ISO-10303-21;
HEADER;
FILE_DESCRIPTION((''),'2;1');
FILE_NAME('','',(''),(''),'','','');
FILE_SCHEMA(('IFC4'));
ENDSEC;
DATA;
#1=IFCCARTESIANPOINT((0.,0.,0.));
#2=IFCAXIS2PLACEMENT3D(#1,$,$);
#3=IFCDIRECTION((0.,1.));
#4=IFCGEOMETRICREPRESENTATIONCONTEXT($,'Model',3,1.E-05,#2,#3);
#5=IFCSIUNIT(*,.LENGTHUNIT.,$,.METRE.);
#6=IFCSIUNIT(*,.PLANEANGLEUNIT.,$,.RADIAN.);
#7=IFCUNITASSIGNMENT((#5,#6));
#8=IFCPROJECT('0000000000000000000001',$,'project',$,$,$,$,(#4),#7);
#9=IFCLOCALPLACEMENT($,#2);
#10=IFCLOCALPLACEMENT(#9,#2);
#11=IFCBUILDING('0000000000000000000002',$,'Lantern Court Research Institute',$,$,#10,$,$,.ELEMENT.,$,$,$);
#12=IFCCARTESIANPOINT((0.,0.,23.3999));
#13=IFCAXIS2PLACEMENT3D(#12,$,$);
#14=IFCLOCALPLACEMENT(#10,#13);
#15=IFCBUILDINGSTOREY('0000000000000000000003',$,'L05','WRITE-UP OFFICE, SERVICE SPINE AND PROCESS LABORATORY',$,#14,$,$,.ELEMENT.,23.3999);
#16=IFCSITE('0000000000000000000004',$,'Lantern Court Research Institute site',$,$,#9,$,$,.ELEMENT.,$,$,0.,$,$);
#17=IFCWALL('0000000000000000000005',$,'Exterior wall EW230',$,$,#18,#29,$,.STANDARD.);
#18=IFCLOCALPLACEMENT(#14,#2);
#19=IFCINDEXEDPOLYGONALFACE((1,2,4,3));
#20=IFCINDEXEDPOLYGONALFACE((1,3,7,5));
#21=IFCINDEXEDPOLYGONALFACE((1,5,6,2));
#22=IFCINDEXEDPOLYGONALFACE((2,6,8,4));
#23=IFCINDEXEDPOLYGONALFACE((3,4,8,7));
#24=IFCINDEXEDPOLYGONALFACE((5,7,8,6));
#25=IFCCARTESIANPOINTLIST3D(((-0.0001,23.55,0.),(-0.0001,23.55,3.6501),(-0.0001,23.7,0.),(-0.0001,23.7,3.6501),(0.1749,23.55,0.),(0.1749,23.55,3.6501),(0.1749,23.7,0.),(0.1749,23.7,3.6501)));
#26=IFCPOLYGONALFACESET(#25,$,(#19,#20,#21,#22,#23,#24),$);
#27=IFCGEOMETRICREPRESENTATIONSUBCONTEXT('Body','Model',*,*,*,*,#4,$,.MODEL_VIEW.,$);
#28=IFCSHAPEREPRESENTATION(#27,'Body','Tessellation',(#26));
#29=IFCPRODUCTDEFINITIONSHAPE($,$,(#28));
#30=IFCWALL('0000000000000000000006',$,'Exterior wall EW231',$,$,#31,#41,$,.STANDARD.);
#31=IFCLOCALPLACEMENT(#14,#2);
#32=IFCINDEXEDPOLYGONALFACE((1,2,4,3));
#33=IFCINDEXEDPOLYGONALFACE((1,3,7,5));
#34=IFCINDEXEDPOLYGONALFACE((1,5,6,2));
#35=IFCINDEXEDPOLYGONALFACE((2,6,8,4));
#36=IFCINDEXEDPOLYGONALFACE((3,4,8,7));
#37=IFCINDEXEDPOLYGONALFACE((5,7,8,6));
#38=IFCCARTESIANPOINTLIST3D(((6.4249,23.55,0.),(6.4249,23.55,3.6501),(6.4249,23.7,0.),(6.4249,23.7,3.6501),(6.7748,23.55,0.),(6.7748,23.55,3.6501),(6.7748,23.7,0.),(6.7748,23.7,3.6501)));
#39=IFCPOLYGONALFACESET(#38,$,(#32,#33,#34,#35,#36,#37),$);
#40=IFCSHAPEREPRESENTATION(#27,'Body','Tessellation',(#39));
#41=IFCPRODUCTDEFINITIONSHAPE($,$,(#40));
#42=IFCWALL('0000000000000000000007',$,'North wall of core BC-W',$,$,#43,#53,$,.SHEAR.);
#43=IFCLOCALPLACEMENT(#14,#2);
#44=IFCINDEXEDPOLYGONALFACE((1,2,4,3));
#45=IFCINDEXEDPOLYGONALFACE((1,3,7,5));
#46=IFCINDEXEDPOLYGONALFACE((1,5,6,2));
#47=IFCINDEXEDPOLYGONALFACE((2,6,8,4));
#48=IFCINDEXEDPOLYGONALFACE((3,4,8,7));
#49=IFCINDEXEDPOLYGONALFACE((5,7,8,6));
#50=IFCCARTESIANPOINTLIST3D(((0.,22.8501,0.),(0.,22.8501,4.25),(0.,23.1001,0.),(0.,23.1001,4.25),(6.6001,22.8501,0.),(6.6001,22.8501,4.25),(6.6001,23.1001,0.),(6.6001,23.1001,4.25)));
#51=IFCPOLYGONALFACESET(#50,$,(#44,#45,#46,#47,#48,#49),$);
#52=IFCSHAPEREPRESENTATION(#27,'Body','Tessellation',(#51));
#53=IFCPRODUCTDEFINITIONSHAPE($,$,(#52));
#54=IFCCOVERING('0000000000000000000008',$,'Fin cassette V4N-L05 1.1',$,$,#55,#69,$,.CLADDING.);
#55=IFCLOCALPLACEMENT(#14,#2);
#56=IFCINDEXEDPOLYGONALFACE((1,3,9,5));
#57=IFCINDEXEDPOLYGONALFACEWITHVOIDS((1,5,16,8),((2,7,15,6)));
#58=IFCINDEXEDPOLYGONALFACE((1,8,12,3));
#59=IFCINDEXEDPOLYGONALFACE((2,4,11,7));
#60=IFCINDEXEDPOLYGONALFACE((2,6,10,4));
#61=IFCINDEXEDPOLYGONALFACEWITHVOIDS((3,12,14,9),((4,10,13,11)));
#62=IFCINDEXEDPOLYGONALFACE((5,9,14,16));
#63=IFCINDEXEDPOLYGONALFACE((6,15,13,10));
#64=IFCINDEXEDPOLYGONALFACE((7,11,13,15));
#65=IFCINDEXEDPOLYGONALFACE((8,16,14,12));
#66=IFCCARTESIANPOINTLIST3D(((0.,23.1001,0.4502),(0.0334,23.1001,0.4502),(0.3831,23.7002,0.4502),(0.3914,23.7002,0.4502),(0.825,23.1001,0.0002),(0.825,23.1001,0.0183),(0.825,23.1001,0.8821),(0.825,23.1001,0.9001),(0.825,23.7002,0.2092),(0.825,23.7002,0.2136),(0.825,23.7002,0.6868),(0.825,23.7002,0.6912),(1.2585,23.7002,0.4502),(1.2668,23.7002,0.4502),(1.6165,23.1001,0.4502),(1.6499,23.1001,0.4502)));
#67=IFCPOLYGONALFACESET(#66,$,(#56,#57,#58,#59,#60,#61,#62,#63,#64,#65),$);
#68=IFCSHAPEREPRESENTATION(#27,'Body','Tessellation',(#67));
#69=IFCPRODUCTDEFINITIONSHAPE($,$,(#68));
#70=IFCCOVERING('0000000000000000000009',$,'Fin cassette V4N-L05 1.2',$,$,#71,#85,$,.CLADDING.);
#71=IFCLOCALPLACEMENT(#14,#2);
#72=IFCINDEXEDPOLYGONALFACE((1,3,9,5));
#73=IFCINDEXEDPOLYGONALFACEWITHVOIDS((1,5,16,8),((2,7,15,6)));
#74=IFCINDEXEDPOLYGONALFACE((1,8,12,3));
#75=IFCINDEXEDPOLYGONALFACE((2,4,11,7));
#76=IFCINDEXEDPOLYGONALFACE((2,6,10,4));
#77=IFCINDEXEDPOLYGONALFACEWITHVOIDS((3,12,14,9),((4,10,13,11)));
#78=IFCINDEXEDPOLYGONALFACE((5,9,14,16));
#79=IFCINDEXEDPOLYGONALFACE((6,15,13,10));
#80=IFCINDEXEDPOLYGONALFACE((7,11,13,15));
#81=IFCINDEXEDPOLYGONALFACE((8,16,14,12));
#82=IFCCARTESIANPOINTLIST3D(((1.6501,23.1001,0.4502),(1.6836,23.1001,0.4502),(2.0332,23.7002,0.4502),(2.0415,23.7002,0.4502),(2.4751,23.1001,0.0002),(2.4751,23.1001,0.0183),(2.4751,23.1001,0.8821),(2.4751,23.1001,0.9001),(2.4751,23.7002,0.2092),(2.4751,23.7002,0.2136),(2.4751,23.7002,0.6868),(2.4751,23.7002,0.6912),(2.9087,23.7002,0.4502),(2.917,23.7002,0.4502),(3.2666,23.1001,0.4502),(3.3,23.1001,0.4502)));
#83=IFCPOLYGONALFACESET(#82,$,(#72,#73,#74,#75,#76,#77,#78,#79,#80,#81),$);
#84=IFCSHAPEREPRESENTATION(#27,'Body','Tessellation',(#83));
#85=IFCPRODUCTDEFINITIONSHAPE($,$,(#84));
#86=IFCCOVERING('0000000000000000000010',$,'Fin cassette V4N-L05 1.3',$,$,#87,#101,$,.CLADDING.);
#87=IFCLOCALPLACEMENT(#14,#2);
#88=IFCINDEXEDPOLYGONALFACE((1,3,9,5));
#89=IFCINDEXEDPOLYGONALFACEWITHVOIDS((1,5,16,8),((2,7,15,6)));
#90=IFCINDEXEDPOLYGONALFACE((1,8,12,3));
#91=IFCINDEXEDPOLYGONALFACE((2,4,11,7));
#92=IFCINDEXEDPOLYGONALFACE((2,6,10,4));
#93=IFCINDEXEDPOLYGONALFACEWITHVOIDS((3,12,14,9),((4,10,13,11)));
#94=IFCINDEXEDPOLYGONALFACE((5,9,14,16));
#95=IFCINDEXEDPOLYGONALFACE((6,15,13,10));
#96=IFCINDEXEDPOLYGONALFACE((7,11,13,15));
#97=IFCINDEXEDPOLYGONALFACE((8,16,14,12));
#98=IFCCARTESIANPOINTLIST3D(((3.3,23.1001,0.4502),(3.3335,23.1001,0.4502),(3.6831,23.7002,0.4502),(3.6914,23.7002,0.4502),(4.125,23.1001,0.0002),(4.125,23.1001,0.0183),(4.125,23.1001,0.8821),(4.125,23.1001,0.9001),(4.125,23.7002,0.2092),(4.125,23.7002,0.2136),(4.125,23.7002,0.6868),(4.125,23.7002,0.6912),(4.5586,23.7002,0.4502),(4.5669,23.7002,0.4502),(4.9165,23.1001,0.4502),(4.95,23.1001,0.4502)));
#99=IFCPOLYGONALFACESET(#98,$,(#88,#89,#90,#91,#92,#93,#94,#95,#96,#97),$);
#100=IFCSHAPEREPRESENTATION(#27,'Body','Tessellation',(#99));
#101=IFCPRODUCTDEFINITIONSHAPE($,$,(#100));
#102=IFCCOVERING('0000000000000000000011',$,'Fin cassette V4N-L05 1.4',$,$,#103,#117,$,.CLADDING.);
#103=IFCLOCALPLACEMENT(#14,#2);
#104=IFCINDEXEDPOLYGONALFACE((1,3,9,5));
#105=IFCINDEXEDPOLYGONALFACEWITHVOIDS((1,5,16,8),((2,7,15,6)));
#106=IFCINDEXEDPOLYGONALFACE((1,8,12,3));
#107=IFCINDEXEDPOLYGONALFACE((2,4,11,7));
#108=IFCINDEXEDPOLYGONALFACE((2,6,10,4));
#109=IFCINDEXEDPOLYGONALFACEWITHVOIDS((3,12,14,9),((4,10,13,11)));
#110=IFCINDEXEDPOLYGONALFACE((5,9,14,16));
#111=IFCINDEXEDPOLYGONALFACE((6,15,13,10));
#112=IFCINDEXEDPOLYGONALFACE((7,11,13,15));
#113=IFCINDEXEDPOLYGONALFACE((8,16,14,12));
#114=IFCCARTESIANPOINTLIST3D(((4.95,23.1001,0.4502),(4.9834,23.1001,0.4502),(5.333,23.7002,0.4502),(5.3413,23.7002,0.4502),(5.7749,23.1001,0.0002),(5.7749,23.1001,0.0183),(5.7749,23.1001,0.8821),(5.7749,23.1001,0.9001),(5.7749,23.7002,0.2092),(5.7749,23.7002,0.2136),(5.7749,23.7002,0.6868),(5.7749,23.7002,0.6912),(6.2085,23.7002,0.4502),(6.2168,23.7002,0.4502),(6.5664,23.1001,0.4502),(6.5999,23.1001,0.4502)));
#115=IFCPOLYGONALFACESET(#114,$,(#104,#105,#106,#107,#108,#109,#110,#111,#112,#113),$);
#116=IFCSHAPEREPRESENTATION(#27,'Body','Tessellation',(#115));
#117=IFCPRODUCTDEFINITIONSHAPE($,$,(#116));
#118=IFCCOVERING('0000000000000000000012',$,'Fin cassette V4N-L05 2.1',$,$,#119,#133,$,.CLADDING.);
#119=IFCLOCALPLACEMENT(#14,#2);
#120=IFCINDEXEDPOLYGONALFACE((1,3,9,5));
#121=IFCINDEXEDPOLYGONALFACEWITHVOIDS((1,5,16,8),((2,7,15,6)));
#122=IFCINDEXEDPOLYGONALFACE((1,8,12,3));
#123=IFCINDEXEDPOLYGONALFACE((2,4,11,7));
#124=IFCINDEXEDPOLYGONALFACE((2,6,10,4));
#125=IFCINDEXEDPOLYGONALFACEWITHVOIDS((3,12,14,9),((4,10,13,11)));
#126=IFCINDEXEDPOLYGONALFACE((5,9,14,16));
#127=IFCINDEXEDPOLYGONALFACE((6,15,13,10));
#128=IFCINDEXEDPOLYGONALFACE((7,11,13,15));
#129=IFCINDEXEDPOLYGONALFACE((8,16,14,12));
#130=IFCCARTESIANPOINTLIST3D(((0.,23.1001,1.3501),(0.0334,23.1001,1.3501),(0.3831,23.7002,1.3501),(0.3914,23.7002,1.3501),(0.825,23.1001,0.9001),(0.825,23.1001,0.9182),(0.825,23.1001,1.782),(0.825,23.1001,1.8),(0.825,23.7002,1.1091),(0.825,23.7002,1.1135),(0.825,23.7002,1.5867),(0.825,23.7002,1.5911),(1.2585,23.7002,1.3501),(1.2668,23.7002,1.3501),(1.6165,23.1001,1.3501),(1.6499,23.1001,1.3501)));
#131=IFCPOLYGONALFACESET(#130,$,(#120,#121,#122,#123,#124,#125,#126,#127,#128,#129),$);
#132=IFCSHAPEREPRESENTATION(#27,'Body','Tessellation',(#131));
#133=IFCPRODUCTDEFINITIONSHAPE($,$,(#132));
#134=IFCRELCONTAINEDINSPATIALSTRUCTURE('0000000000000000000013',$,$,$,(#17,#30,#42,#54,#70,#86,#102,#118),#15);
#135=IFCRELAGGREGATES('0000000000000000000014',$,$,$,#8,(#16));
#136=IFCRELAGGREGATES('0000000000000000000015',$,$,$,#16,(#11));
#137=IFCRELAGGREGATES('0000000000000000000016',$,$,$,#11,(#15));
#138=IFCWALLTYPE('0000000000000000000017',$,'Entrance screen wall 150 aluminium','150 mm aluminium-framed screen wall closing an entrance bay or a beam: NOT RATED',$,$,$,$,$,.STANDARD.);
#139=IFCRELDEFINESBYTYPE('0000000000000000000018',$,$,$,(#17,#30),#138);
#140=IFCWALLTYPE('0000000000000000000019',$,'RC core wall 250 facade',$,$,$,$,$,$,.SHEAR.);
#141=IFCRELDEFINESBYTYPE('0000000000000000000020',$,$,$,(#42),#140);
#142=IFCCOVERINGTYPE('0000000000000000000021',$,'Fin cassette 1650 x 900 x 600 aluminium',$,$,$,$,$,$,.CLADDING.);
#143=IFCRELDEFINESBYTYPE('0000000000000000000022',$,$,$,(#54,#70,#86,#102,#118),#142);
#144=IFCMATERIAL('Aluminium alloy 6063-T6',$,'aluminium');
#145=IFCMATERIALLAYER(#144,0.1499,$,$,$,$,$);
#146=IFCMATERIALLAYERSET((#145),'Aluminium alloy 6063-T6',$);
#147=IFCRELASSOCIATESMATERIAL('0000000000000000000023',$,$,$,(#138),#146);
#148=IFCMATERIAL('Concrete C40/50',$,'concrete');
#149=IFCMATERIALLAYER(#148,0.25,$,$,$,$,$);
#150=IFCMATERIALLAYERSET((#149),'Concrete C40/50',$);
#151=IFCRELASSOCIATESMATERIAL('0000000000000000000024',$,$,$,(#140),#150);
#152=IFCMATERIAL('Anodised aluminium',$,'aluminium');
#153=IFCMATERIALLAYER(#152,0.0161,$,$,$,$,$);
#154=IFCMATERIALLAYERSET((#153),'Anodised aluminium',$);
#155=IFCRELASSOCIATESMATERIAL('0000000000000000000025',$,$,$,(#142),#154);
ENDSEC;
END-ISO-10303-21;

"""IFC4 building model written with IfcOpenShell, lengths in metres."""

from ifc_helpers import new_model, entity, si_unit, direction, frame, frame_2d, origin, place, context, subcontext, project, spatial, rectangle, extrude, material, layer, layer_set, type_object, element, save


model = new_model("IFC4")

# Units and contexts
model_context = context("Model", 3, precision=1e-05, world=origin(), true_north=direction((0.0, 1.0)))
body_context = subcontext(model_context, "Body", "Model", "MODEL_VIEW")
ifc_project = project(units=[si_unit("LENGTHUNIT", "METRE"), si_unit("PLANEANGLEUNIT", "RADIAN")], contexts=[model_context])

# Site, building, storey
site_placement = place(None, origin())
site = spatial("IfcSite", under=ifc_project, at=site_placement, Name="Lantern Court Research Institute site", CompositionType="ELEMENT", RefElevation=0.0)
building_placement = place(site_placement, origin())
building = spatial("IfcBuilding", under=site, at=building_placement, Name="Lantern Court Research Institute", CompositionType="ELEMENT")
storey_placement = place(building_placement, frame((0.0, 0.0, 23.3999)))
storey = spatial("IfcBuildingStorey", under=building, at=storey_placement, Name="L05", Description="WRITE-UP OFFICE, SERVICE SPINE AND PROCESS LABORATORY", CompositionType="ELEMENT", Elevation=23.3999)

# Walls
ifc_material_1 = material(Name="Aluminium alloy 6063-T6", Category="aluminium")
ifc_layer_1 = layer(ifc_material_1, 0.1499)
ifc_layer_set_1 = layer_set([ifc_layer_1], Name="Aluminium alloy 6063-T6")
wall_type_1 = type_object("IfcWallType", Name="Entrance screen wall 150 aluminium", Description="150 mm aluminium-framed screen wall closing an entrance bay or a beam: NOT RATED", PredefinedType="STANDARD", material=ifc_layer_set_1)
wall_1_placement = place(storey_placement, frame((0.0, 23.625, 0.0), z_axis=(0.0, 0.0, 1.0), x_axis=(1.0, 0.0, 0.0)))
element("IfcWall", 1, at=wall_1_placement, inside=storey, type_object=wall_type_1, Name="Exterior wall EW230", PredefinedType="STANDARD", context=body_context, shape_type="SweptSolid", body=[
    extrude(rectangle(XDim=0.175, YDim=0.1499, at=frame_2d((0.0874, 0.0))), origin(), (0.0, 0.0, 1.0), 3.6501),
])
wall_2_placement = place(storey_placement, frame((6.425, 23.625, 0.0), z_axis=(0.0, 0.0, 1.0), x_axis=(1.0, 0.0, 0.0)))
element("IfcWall", 2, at=wall_2_placement, inside=storey, type_object=wall_type_1, Name="Exterior wall EW231", PredefinedType="STANDARD", context=body_context, shape_type="SweptSolid", body=[
    extrude(rectangle(XDim=0.3499, YDim=0.1499, at=frame_2d((0.1748, 0.0))), origin(), (0.0, 0.0, 1.0), 3.6501),
])
ifc_material_2 = material(Name="Concrete C40/50", Category="concrete")
ifc_layer_2 = layer(ifc_material_2, 0.25)
ifc_layer_set_2 = layer_set([ifc_layer_2], Name="Concrete C40/50")
wall_type_2 = type_object("IfcWallType", Name="RC core wall 250 facade", PredefinedType="SHEAR", material=ifc_layer_set_2)
wall_3_placement = place(storey_placement, frame((0.0, 22.9751, 0.0), z_axis=(0.0, 0.0, 1.0), x_axis=(1.0, 0.0, 0.0)))
element("IfcWall", 3, at=wall_3_placement, inside=storey, type_object=wall_type_2, Name="North wall of core BC-W", PredefinedType="SHEAR", context=body_context, shape_type="SweptSolid", body=[
    extrude(rectangle(XDim=6.6001, YDim=0.25, at=frame_2d((3.3, 0.0))), origin(), (0.0, 0.0, 1.0), 4.25),
])

# Coverings
ifc_material_3 = material(Name="Anodised aluminium", Category="aluminium")
ifc_layer_3 = layer(ifc_material_3, 0.0161)
ifc_layer_set_3 = layer_set([ifc_layer_3], Name="Anodised aluminium")
covering_type = type_object("IfcCoveringType", Name="Fin cassette 1650 x 900 x 600 aluminium", PredefinedType="CLADDING", material=ifc_layer_set_3)
covering_1_placement = place(storey_placement, frame((0.825, 23.1001, 0.4502), z_axis=(0.0, 1.0, 0.0), x_axis=(-1.0, 0.0, 0.0)))
cartesian_point_1 = entity("IfcCartesianPoint", [0.825, 0.0])
cartesian_point_2 = entity("IfcCartesianPoint", [0.7915, 0.0])
cartesian_point_3 = entity("IfcCartesianPoint", [0.4419, 0.0])
cartesian_point_4 = entity("IfcCartesianPoint", [0.4336, 0.0])
element("IfcCovering", 4, at=covering_1_placement, inside=storey, type_object=covering_type, Name="Fin cassette V4N-L05 1.1", PredefinedType="CLADDING", context=body_context, shape_type="SweptSolid", body=[
    entity("IfcExtrudedAreaSolidTapered", entity("IfcArbitraryProfileDefWithVoids", "AREA", None, entity("IfcPolyline", [cartesian_point_1, entity("IfcCartesianPoint", [0.0, 0.45]), entity("IfcCartesianPoint", [-0.825, 0.0]), entity("IfcCartesianPoint", [0.0, -0.45]), cartesian_point_1]), [entity("IfcPolyline", [cartesian_point_2, entity("IfcCartesianPoint", [0.0, 0.4319]), entity("IfcCartesianPoint", [-0.7915, 0.0]), entity("IfcCartesianPoint", [0.0, -0.4319]), cartesian_point_2])]), entity("IfcAxis2Placement3D", entity("IfcCartesianPoint", [0.0, 0.0, 0.0])), entity("IfcDirection", [0.0, 0.0, 1.0]), 0.6001, entity("IfcArbitraryProfileDefWithVoids", "AREA", None, entity("IfcPolyline", [cartesian_point_3, entity("IfcCartesianPoint", [0.0, 0.241]), entity("IfcCartesianPoint", [-0.4419, 0.0]), entity("IfcCartesianPoint", [0.0, -0.241]), cartesian_point_3]), [entity("IfcPolyline", [cartesian_point_4, entity("IfcCartesianPoint", [0.0, 0.2366]), entity("IfcCartesianPoint", [-0.4336, 0.0]), entity("IfcCartesianPoint", [0.0, -0.2366]), cartesian_point_4])])),
])
covering_2_placement = place(storey_placement, frame((2.4751, 23.1001, 0.4502), z_axis=(0.0, 1.0, 0.0), x_axis=(-1.0, 0.0, 0.0)))
cartesian_point_5 = entity("IfcCartesianPoint", [0.825, 0.0])
cartesian_point_6 = entity("IfcCartesianPoint", [0.7915, 0.0])
cartesian_point_7 = entity("IfcCartesianPoint", [0.4419, 0.0])
cartesian_point_8 = entity("IfcCartesianPoint", [0.4336, 0.0])
element("IfcCovering", 5, at=covering_2_placement, inside=storey, type_object=covering_type, Name="Fin cassette V4N-L05 1.2", PredefinedType="CLADDING", context=body_context, shape_type="SweptSolid", body=[
    entity("IfcExtrudedAreaSolidTapered", entity("IfcArbitraryProfileDefWithVoids", "AREA", None, entity("IfcPolyline", [cartesian_point_5, entity("IfcCartesianPoint", [0.0, 0.45]), entity("IfcCartesianPoint", [-0.825, 0.0]), entity("IfcCartesianPoint", [0.0, -0.45]), cartesian_point_5]), [entity("IfcPolyline", [cartesian_point_6, entity("IfcCartesianPoint", [0.0, 0.4319]), entity("IfcCartesianPoint", [-0.7915, 0.0]), entity("IfcCartesianPoint", [0.0, -0.4319]), cartesian_point_6])]), entity("IfcAxis2Placement3D", entity("IfcCartesianPoint", [0.0, 0.0, 0.0])), entity("IfcDirection", [0.0, 0.0, 1.0]), 0.6001, entity("IfcArbitraryProfileDefWithVoids", "AREA", None, entity("IfcPolyline", [cartesian_point_7, entity("IfcCartesianPoint", [0.0, 0.241]), entity("IfcCartesianPoint", [-0.4419, 0.0]), entity("IfcCartesianPoint", [0.0, -0.241]), cartesian_point_7]), [entity("IfcPolyline", [cartesian_point_8, entity("IfcCartesianPoint", [0.0, 0.2366]), entity("IfcCartesianPoint", [-0.4336, 0.0]), entity("IfcCartesianPoint", [0.0, -0.2366]), cartesian_point_8])])),
])
covering_3_placement = place(storey_placement, frame((4.125, 23.1001, 0.4502), z_axis=(0.0, 1.0, 0.0), x_axis=(-1.0, 0.0, 0.0)))
cartesian_point_9 = entity("IfcCartesianPoint", [0.825, 0.0])
cartesian_point_10 = entity("IfcCartesianPoint", [0.7915, 0.0])
cartesian_point_11 = entity("IfcCartesianPoint", [0.4419, 0.0])
cartesian_point_12 = entity("IfcCartesianPoint", [0.4336, 0.0])
element("IfcCovering", 6, at=covering_3_placement, inside=storey, type_object=covering_type, Name="Fin cassette V4N-L05 1.3", PredefinedType="CLADDING", context=body_context, shape_type="SweptSolid", body=[
    entity("IfcExtrudedAreaSolidTapered", entity("IfcArbitraryProfileDefWithVoids", "AREA", None, entity("IfcPolyline", [cartesian_point_9, entity("IfcCartesianPoint", [0.0, 0.45]), entity("IfcCartesianPoint", [-0.825, 0.0]), entity("IfcCartesianPoint", [0.0, -0.45]), cartesian_point_9]), [entity("IfcPolyline", [cartesian_point_10, entity("IfcCartesianPoint", [0.0, 0.4319]), entity("IfcCartesianPoint", [-0.7915, 0.0]), entity("IfcCartesianPoint", [0.0, -0.4319]), cartesian_point_10])]), entity("IfcAxis2Placement3D", entity("IfcCartesianPoint", [0.0, 0.0, 0.0])), entity("IfcDirection", [0.0, 0.0, 1.0]), 0.6001, entity("IfcArbitraryProfileDefWithVoids", "AREA", None, entity("IfcPolyline", [cartesian_point_11, entity("IfcCartesianPoint", [0.0, 0.241]), entity("IfcCartesianPoint", [-0.4419, 0.0]), entity("IfcCartesianPoint", [0.0, -0.241]), cartesian_point_11]), [entity("IfcPolyline", [cartesian_point_12, entity("IfcCartesianPoint", [0.0, 0.2366]), entity("IfcCartesianPoint", [-0.4336, 0.0]), entity("IfcCartesianPoint", [0.0, -0.2366]), cartesian_point_12])])),
])
covering_4_placement = place(storey_placement, frame((5.7749, 23.1001, 0.4502), z_axis=(0.0, 1.0, 0.0), x_axis=(-1.0, 0.0, 0.0)))
cartesian_point_13 = entity("IfcCartesianPoint", [0.825, 0.0])
cartesian_point_14 = entity("IfcCartesianPoint", [0.7915, 0.0])
cartesian_point_15 = entity("IfcCartesianPoint", [0.4419, 0.0])
cartesian_point_16 = entity("IfcCartesianPoint", [0.4336, 0.0])
element("IfcCovering", 7, at=covering_4_placement, inside=storey, type_object=covering_type, Name="Fin cassette V4N-L05 1.4", PredefinedType="CLADDING", context=body_context, shape_type="SweptSolid", body=[
    entity("IfcExtrudedAreaSolidTapered", entity("IfcArbitraryProfileDefWithVoids", "AREA", None, entity("IfcPolyline", [cartesian_point_13, entity("IfcCartesianPoint", [0.0, 0.45]), entity("IfcCartesianPoint", [-0.825, 0.0]), entity("IfcCartesianPoint", [0.0, -0.45]), cartesian_point_13]), [entity("IfcPolyline", [cartesian_point_14, entity("IfcCartesianPoint", [0.0, 0.4319]), entity("IfcCartesianPoint", [-0.7915, 0.0]), entity("IfcCartesianPoint", [0.0, -0.4319]), cartesian_point_14])]), entity("IfcAxis2Placement3D", entity("IfcCartesianPoint", [0.0, 0.0, 0.0])), entity("IfcDirection", [0.0, 0.0, 1.0]), 0.6001, entity("IfcArbitraryProfileDefWithVoids", "AREA", None, entity("IfcPolyline", [cartesian_point_15, entity("IfcCartesianPoint", [0.0, 0.241]), entity("IfcCartesianPoint", [-0.4419, 0.0]), entity("IfcCartesianPoint", [0.0, -0.241]), cartesian_point_15]), [entity("IfcPolyline", [cartesian_point_16, entity("IfcCartesianPoint", [0.0, 0.2366]), entity("IfcCartesianPoint", [-0.4336, 0.0]), entity("IfcCartesianPoint", [0.0, -0.2366]), cartesian_point_16])])),
])
covering_5_placement = place(storey_placement, frame((0.825, 23.1001, 1.3501), z_axis=(0.0, 1.0, 0.0), x_axis=(-1.0, 0.0, 0.0)))
cartesian_point_17 = entity("IfcCartesianPoint", [0.825, 0.0])
cartesian_point_18 = entity("IfcCartesianPoint", [0.7915, 0.0])
cartesian_point_19 = entity("IfcCartesianPoint", [0.4419, 0.0])
cartesian_point_20 = entity("IfcCartesianPoint", [0.4336, 0.0])
element("IfcCovering", 8, at=covering_5_placement, inside=storey, type_object=covering_type, Name="Fin cassette V4N-L05 2.1", PredefinedType="CLADDING", context=body_context, shape_type="SweptSolid", body=[
    entity("IfcExtrudedAreaSolidTapered", entity("IfcArbitraryProfileDefWithVoids", "AREA", None, entity("IfcPolyline", [cartesian_point_17, entity("IfcCartesianPoint", [0.0, 0.45]), entity("IfcCartesianPoint", [-0.825, 0.0]), entity("IfcCartesianPoint", [0.0, -0.45]), cartesian_point_17]), [entity("IfcPolyline", [cartesian_point_18, entity("IfcCartesianPoint", [0.0, 0.4319]), entity("IfcCartesianPoint", [-0.7915, 0.0]), entity("IfcCartesianPoint", [0.0, -0.4319]), cartesian_point_18])]), entity("IfcAxis2Placement3D", entity("IfcCartesianPoint", [0.0, 0.0, 0.0])), entity("IfcDirection", [0.0, 0.0, 1.0]), 0.6001, entity("IfcArbitraryProfileDefWithVoids", "AREA", None, entity("IfcPolyline", [cartesian_point_19, entity("IfcCartesianPoint", [0.0, 0.241]), entity("IfcCartesianPoint", [-0.4419, 0.0]), entity("IfcCartesianPoint", [0.0, -0.241]), cartesian_point_19]), [entity("IfcPolyline", [cartesian_point_20, entity("IfcCartesianPoint", [0.0, 0.2366]), entity("IfcCartesianPoint", [-0.4336, 0.0]), entity("IfcCartesianPoint", [0.0, -0.2366]), cartesian_point_20])])),
])

save(model, "model.ifc")
